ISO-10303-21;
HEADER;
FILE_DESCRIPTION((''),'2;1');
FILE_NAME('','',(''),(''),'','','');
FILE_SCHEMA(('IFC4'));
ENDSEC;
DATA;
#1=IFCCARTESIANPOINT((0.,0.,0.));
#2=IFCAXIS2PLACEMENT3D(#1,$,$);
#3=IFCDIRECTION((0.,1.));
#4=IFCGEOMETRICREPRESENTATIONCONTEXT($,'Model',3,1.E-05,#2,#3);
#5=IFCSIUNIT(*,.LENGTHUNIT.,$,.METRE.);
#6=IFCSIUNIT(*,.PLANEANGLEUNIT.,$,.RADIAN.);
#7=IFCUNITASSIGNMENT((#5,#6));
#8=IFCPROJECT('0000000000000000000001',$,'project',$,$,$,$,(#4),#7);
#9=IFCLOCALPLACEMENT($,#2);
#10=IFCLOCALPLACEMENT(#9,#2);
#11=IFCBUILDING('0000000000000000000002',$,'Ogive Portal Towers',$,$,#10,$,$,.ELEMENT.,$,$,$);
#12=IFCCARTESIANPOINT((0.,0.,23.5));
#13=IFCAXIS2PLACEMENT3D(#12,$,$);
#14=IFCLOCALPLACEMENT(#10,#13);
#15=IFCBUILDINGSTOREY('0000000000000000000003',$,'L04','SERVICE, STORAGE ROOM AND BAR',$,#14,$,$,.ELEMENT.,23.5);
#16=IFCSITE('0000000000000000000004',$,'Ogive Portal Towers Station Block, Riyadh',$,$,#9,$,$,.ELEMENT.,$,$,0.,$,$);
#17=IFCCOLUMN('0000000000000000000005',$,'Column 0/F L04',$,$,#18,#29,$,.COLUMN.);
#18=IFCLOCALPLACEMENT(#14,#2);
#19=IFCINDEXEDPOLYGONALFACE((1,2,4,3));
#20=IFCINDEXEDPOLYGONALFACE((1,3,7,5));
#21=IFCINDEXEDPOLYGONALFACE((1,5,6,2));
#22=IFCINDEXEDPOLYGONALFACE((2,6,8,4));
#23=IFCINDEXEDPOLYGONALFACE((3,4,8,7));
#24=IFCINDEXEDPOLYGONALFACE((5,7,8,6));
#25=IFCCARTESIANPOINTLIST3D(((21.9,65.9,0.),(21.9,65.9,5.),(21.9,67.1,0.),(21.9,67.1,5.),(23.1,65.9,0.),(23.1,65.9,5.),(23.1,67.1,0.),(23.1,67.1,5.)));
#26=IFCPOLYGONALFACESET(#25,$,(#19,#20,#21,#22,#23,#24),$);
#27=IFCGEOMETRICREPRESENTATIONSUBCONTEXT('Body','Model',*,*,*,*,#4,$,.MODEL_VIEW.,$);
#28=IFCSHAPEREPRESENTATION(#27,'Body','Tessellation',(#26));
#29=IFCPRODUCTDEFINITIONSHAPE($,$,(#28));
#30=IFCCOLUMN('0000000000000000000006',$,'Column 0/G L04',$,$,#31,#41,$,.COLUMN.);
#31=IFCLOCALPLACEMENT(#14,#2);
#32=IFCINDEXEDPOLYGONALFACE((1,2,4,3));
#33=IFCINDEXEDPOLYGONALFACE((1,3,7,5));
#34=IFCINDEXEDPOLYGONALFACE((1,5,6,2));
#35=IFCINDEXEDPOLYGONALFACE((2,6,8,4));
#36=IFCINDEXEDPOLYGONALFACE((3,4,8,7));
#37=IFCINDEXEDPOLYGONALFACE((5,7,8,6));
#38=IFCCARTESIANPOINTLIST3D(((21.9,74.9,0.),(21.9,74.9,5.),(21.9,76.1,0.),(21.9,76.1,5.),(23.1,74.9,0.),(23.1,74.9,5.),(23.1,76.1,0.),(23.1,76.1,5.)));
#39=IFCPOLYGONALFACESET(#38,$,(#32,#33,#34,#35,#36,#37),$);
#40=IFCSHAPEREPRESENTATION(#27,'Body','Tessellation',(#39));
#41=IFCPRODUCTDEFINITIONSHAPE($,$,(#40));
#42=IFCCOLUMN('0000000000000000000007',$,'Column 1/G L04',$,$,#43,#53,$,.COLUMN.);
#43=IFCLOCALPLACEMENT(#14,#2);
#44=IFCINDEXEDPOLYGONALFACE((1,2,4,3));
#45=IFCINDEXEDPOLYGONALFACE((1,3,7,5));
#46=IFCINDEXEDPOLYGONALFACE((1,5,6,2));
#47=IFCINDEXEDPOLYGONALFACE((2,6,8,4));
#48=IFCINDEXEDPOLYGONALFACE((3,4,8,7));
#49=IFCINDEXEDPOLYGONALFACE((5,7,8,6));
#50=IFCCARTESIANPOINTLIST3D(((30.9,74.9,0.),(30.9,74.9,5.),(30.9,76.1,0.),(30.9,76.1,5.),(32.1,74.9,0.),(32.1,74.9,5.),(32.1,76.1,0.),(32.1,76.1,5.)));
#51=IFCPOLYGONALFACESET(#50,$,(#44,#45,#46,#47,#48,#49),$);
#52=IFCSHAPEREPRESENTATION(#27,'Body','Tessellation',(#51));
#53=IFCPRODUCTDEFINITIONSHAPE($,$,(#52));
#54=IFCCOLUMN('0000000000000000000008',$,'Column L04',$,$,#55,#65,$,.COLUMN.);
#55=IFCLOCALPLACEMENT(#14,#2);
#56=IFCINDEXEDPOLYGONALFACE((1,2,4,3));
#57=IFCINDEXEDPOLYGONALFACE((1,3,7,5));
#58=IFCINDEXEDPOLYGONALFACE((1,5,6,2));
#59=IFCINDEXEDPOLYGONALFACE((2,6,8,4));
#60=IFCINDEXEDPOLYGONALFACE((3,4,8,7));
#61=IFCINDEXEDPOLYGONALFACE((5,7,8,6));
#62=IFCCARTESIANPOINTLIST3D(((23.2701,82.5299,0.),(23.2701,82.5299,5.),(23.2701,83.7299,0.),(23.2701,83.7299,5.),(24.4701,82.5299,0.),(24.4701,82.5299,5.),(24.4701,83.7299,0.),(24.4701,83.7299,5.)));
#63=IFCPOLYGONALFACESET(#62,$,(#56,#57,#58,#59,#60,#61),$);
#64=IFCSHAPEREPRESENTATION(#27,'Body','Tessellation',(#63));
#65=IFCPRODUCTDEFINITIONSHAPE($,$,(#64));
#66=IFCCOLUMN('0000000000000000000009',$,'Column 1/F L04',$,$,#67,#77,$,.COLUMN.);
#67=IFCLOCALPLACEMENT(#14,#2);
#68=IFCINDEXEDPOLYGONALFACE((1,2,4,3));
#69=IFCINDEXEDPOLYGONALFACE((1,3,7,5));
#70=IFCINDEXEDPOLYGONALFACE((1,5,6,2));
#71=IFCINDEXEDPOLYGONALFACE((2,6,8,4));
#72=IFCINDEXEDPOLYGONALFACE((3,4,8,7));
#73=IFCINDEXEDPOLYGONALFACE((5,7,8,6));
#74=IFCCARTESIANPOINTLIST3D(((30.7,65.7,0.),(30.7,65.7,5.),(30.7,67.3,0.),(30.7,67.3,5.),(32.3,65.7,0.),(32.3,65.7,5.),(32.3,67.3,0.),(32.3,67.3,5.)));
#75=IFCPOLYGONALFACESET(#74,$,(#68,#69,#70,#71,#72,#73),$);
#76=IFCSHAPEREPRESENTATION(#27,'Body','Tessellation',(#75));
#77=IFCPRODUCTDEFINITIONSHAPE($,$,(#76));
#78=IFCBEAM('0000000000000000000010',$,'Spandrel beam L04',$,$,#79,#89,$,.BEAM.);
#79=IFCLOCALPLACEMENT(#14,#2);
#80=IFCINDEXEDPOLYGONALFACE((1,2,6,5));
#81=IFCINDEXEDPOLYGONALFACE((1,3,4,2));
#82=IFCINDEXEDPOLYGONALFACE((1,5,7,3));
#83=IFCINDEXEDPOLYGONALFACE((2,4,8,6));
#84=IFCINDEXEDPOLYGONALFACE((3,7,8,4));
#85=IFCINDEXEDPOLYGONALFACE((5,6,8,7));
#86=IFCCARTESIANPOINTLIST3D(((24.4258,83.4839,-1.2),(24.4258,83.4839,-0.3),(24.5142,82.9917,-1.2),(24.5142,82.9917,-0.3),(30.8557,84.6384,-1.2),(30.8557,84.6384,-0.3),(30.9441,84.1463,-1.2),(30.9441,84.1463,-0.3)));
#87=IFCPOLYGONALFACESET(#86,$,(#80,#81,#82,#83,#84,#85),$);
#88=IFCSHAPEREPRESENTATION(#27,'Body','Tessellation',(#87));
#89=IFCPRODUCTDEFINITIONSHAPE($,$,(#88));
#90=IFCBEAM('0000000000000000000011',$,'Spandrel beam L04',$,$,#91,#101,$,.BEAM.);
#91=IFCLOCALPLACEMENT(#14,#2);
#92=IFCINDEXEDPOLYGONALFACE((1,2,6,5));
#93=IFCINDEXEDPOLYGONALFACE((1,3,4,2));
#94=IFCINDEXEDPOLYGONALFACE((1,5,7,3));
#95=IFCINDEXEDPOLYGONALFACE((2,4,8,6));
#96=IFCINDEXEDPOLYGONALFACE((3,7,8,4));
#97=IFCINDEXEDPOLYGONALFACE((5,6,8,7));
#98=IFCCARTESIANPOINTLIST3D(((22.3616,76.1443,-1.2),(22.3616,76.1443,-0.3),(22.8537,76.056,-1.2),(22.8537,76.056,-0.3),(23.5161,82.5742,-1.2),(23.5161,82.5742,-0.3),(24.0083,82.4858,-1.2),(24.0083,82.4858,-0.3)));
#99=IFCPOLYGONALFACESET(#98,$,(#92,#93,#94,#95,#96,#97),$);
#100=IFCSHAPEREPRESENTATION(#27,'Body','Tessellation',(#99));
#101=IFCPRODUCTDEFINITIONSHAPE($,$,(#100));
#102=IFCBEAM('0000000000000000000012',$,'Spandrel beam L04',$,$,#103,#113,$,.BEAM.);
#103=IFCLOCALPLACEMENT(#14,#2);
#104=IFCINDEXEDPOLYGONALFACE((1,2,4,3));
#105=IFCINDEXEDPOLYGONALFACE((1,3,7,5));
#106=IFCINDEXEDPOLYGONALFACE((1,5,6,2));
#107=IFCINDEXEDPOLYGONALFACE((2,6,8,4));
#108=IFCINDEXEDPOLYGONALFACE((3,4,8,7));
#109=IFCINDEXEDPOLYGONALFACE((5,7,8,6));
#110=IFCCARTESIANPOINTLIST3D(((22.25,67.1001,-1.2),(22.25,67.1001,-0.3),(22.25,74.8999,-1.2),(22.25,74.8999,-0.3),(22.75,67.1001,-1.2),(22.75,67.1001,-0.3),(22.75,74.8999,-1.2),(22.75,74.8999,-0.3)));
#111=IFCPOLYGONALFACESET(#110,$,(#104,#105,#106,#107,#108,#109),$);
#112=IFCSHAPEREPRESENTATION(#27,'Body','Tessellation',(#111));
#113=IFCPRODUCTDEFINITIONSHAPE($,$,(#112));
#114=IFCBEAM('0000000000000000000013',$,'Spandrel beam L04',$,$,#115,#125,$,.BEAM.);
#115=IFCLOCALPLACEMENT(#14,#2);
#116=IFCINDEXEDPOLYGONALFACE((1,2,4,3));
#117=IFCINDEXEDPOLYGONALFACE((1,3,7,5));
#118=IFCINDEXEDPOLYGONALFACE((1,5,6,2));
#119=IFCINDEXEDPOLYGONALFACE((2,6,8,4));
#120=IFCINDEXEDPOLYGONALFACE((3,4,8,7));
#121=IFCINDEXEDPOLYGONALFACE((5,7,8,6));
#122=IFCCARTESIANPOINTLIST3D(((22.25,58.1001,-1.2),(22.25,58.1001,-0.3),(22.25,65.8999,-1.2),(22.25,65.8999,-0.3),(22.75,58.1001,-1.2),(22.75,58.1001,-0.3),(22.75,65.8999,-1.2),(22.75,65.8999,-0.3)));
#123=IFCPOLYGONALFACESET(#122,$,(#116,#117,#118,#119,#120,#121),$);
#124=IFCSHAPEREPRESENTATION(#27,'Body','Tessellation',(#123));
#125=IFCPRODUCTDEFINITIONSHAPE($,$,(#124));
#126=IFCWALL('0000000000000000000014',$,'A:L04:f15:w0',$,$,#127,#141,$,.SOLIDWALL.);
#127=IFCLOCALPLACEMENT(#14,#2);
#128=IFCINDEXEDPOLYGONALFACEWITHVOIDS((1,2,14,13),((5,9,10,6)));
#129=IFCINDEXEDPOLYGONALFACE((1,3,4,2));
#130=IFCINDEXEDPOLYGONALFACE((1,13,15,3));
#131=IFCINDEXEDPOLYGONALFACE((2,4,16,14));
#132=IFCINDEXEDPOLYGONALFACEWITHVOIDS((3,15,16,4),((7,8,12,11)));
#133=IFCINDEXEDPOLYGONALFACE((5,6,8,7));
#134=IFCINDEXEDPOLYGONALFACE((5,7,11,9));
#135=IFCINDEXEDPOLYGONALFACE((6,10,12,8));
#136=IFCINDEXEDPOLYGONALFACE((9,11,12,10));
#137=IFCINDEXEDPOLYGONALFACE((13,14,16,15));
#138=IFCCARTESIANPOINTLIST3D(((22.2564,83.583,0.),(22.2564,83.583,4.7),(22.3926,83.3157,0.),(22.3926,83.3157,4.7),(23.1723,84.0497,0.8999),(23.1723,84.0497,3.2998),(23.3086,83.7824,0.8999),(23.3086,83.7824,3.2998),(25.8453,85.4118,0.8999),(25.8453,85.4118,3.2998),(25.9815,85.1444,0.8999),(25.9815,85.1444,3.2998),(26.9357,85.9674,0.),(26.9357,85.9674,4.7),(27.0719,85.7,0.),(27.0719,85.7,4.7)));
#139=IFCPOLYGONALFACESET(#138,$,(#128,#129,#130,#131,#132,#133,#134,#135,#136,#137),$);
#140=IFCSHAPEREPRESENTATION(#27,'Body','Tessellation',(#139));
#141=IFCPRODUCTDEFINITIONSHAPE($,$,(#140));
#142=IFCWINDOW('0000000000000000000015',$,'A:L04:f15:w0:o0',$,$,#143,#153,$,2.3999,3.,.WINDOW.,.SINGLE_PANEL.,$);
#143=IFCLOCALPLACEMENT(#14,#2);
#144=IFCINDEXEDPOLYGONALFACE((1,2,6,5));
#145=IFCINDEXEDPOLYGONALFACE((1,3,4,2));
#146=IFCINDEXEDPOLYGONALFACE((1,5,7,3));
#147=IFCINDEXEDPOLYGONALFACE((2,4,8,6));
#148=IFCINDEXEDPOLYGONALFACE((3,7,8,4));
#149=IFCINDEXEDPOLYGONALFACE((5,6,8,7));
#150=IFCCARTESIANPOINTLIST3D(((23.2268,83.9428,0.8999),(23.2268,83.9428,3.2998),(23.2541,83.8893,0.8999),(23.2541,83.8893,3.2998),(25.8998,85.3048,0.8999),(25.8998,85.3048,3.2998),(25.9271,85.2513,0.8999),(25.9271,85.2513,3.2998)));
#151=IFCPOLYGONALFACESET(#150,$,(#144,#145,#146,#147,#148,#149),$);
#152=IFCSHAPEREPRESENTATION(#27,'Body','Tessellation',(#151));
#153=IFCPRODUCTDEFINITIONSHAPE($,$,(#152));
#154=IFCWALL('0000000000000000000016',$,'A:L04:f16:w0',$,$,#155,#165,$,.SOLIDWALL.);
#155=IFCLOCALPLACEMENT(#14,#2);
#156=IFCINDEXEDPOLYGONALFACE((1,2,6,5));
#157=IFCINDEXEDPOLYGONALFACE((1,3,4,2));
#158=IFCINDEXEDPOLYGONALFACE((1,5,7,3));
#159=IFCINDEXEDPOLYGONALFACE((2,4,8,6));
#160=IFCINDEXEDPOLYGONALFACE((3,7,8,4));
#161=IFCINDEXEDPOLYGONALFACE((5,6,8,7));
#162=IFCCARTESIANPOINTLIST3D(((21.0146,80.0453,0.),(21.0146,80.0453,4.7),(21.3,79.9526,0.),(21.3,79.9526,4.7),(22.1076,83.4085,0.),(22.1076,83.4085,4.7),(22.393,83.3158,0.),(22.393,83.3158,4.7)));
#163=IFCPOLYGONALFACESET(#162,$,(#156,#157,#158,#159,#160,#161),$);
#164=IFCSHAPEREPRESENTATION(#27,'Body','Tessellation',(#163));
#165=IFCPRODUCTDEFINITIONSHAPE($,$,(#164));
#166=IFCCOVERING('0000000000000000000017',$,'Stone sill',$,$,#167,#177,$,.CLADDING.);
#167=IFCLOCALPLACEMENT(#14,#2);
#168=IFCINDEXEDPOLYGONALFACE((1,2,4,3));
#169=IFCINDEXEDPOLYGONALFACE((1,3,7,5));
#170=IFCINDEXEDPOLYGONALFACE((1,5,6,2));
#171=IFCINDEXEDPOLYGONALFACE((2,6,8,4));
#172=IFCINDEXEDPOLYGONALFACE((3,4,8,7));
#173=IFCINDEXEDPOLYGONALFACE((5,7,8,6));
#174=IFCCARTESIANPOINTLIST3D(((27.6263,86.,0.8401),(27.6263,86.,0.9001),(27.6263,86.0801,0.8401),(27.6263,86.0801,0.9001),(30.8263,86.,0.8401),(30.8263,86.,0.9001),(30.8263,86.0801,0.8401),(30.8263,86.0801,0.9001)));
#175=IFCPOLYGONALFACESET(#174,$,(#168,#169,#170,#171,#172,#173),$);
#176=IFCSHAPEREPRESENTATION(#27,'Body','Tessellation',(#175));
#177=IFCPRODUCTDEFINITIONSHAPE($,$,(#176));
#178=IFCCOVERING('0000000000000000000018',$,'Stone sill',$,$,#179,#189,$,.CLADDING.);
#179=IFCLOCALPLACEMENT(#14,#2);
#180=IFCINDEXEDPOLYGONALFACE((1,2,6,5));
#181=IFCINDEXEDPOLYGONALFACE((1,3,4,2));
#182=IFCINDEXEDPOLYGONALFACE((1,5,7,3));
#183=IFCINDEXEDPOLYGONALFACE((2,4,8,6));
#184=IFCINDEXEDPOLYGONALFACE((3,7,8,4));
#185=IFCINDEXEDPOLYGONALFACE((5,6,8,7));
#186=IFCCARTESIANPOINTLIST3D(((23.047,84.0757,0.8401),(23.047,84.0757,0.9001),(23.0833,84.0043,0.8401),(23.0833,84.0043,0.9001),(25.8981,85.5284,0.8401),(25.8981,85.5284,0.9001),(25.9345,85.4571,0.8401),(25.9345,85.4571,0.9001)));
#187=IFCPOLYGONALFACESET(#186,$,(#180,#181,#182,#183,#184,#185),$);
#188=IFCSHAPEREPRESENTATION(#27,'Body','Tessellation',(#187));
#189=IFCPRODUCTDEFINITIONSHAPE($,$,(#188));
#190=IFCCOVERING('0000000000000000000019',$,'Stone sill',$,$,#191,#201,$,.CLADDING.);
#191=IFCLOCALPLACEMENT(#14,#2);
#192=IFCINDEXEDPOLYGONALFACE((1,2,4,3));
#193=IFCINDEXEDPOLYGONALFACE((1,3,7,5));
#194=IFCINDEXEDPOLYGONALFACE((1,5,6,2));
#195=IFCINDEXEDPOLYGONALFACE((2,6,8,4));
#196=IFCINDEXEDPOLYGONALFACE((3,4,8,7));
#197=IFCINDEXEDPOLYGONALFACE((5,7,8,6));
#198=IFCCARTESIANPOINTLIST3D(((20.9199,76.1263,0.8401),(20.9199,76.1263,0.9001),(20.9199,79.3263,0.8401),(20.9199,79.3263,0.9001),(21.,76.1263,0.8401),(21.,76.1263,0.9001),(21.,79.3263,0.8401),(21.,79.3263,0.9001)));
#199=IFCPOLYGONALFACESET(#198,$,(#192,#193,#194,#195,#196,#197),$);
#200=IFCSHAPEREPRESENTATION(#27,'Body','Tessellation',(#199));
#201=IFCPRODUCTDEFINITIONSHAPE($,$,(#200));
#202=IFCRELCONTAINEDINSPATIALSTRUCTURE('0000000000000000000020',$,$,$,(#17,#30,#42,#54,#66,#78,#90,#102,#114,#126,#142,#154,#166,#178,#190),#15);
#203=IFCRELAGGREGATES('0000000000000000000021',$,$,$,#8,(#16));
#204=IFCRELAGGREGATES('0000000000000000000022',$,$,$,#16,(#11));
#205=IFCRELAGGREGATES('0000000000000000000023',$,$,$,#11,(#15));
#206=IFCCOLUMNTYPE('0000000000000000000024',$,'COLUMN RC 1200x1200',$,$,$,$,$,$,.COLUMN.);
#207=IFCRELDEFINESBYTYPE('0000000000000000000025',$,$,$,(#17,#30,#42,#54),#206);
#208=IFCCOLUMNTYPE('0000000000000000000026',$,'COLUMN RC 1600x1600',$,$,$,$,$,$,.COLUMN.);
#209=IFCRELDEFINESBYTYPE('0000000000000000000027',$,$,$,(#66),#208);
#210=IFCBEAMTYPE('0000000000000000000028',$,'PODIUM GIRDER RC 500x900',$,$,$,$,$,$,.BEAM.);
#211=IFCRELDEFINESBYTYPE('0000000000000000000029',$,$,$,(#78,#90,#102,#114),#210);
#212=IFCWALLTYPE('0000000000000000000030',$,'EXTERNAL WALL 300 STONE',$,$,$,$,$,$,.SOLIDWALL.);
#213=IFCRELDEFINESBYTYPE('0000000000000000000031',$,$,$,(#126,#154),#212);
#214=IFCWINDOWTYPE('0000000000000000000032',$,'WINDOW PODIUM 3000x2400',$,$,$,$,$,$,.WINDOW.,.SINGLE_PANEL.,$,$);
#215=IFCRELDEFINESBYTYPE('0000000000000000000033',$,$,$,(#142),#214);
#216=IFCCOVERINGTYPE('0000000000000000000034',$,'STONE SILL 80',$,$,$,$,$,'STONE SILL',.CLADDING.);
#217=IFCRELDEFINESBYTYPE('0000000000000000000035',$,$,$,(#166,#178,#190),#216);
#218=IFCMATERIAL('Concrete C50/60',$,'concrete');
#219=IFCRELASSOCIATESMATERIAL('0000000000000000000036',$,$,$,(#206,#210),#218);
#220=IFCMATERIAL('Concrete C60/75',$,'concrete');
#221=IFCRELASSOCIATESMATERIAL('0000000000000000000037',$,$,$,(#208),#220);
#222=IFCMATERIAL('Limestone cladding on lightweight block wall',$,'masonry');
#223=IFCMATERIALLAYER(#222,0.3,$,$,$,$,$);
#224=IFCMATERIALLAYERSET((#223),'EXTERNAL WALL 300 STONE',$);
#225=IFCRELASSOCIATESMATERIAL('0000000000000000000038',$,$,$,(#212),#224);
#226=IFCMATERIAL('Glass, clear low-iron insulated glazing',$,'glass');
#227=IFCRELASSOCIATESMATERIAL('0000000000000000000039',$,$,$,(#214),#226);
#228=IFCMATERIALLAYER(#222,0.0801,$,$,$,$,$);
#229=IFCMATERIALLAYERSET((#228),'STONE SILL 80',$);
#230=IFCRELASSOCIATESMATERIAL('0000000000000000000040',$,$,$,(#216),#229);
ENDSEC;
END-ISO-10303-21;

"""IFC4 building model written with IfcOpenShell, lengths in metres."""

from ifc_helpers import new_model, si_unit, direction, frame, frame_2d, origin, origin_2d, place, context, subcontext, project, spatial, rectangle, extrude, material, layer, layer_set, material_profile, profile_set, type_object, element, fill, save


model = new_model("IFC4")

# Units and contexts
model_context = context("Model", 3, precision=1e-05, world=origin(), true_north=direction((0.0, 1.0)))
body_context = subcontext(model_context, "Body", "Model", "MODEL_VIEW")
ifc_project = project(units=[si_unit("LENGTHUNIT", "METRE"), si_unit("PLANEANGLEUNIT", "RADIAN")], contexts=[model_context])

# Site, building, storey
site_placement = place(None, origin())
site = spatial("IfcSite", under=ifc_project, at=site_placement, Name="Ogive Portal Towers Station Block, Riyadh", CompositionType="ELEMENT", RefElevation=0.0)
building_placement = place(site_placement, origin())
building = spatial("IfcBuilding", under=site, at=building_placement, Name="Ogive Portal Towers", CompositionType="ELEMENT")
storey_placement = place(building_placement, frame((0.0, 0.0, 23.5)))
storey = spatial("IfcBuildingStorey", under=building, at=storey_placement, Name="L04", Description="SERVICE, STORAGE ROOM AND BAR", CompositionType="ELEMENT", Elevation=23.5)

# Columns
ifc_material_1 = material(Name="Concrete C50/60", Category="concrete")
ifc_material_profile_1 = material_profile(ifc_material_1, rectangle(XDim=1.2, YDim=1.2, at=origin_2d()), Name="RC 1200x1200")
ifc_profile_set_1 = profile_set([ifc_material_profile_1], Name="Concrete C50/60")
column_type_1 = type_object("IfcColumnType", Name="COLUMN RC 1200x1200", PredefinedType="COLUMN", material=ifc_profile_set_1)
for number, where, z_axis, x_axis, name in (
    (1, (22.5, 66.5, 0.0), (0.0, 0.0, 1.0), (1.0, 0.0, 0.0), "Column 0/F L04"),
    (2, (22.5, 75.5, 0.0), (0.0, 0.0, 1.0), (1.0, 0.0, 0.0), "Column 0/G L04"),
    (3, (31.5, 75.5, 0.0), (0.0, 0.0, 1.0), (1.0, 0.0, 0.0), "Column 1/G L04"),
    (4, (23.8701, 83.1299, 0.0), (0.0, 0.0, 1.0), (1.0, 0.0, 0.0), "Column L04"),
):
    element("IfcColumn", number, at=place(storey_placement, frame(where, z_axis=z_axis, x_axis=x_axis)), inside=storey, type_object=column_type_1, Name=name, PredefinedType="COLUMN", context=body_context, shape_type="SweptSolid", body=[
        extrude(rectangle(XDim=1.2, YDim=1.2, at=origin_2d()), origin(), (0.0, 0.0, 1.0), 5.0),
    ])
ifc_material_2 = material(Name="Concrete C60/75", Category="concrete")
ifc_material_profile_2 = material_profile(ifc_material_2, rectangle(XDim=1.6001, YDim=1.6001, at=origin_2d()), Name="RC 1600x1600")
ifc_profile_set_2 = profile_set([ifc_material_profile_2], Name="Concrete C60/75")
column_type_2 = type_object("IfcColumnType", Name="COLUMN RC 1600x1600", PredefinedType="COLUMN", material=ifc_profile_set_2)
column_placement = place(storey_placement, frame((31.5, 66.5, 0.0), z_axis=(0.0, 0.0, 1.0), x_axis=(1.0, 0.0, 0.0)))
element("IfcColumn", 5, at=column_placement, inside=storey, type_object=column_type_2, Name="Column 1/F L04", PredefinedType="COLUMN", context=body_context, shape_type="SweptSolid", body=[
    extrude(rectangle(XDim=1.6001, YDim=1.6001, at=origin_2d()), origin(), (0.0, 0.0, 1.0), 5.0),
])

# Beams
ifc_material_profile_3 = material_profile(ifc_material_1, rectangle(XDim=0.5, YDim=0.8999, at=origin_2d()), Name="RC 500x900")
ifc_profile_set_3 = profile_set([ifc_material_profile_3], Name="Concrete C50/60")
beam_type = type_object("IfcBeamType", Name="PODIUM GIRDER RC 500x900", PredefinedType="BEAM", material=ifc_profile_set_3)
for number, where, z_axis, x_axis, name in (
    (6, (30.8999, 84.3923, -0.75), (-0.984259, -0.176731, 0.0), (0.176731, -0.984259, 0.0), "Spandrel beam L04"),
    (7, (23.7622, 82.53, -0.75), (-0.176731, -0.984259, 0.0), (0.984259, -0.176731, 0.0), "Spandrel beam L04"),
):
    element("IfcBeam", number, at=place(storey_placement, frame(where, z_axis=z_axis, x_axis=x_axis)), inside=storey, type_object=beam_type, Name=name, PredefinedType="BEAM", context=body_context, shape_type="SweptSolid", body=[
        extrude(rectangle(XDim=0.5, YDim=0.8999, at=origin_2d()), origin(), (0.0, 0.0, 1.0), 6.5327),
    ])
for number, where, z_axis, x_axis, name in (
    (8, (22.5, 74.8999, -0.75), (0.0, -1.0, 0.0), (1.0, 0.0, 0.0), "Spandrel beam L04"),
    (9, (22.5, 65.8999, -0.75), (0.0, -1.0, 0.0), (1.0, 0.0, 0.0), "Spandrel beam L04"),
):
    element("IfcBeam", number, at=place(storey_placement, frame(where, z_axis=z_axis, x_axis=x_axis)), inside=storey, type_object=beam_type, Name=name, PredefinedType="BEAM", context=body_context, shape_type="SweptSolid", body=[
        extrude(rectangle(XDim=0.5, YDim=0.8999, at=origin_2d()), origin(), (0.0, 0.0, 1.0), 7.7998),
    ])

# Wall, opening, window
ifc_material_3 = material(Name="Limestone cladding on lightweight block wall", Category="masonry")
ifc_layer_1 = layer(ifc_material_3, 0.3)
ifc_layer_set_1 = layer_set([ifc_layer_1], Name="EXTERNAL WALL 300 STONE")
wall_type = type_object("IfcWallType", Name="EXTERNAL WALL 300 STONE", PredefinedType="SOLIDWALL", material=ifc_layer_set_1)
wall_1_placement = place(storey_placement, frame((27.0039, 85.8337, 0.0), z_axis=(0.0, 0.0, 1.0), x_axis=(-0.890998, -0.454007, 0.0)))
wall_1 = element("IfcWall", 10, at=wall_1_placement, inside=storey, type_object=wall_type, Name="A:L04:f15:w0", PredefinedType="SOLIDWALL", context=body_context, shape_type="SweptSolid", body=[
    extrude(rectangle(XDim=5.2517, YDim=0.3, at=frame_2d((2.626, 0.0))), origin(), (0.0, 0.0, 1.0), 4.7),
])
opening_1_placement = place(wall_1_placement, frame((1.2239, 0.0, 0.8999)))
opening_1 = element("IfcOpeningElement", 11, at=opening_1_placement, cuts=wall_1, PredefinedType="OPENING", context=body_context, shape_type="SweptSolid", body=[
    extrude(rectangle(XDim=3.0, YDim=2.3999, at=frame_2d((1.5, 1.2))), frame((0.0, 0.1602, 0.0), z_axis=(0.0, -1.0, 0.0), x_axis=(1.0, 0.0, 0.0)), (0.0, 0.0, 1.0), 0.3201),
])
ifc_material_4 = material(Name="Glass, clear low-iron insulated glazing", Category="glass")
window_type = type_object("IfcWindowType", Name="WINDOW PODIUM 3000x2400", PartitioningType="SINGLE_PANEL", PredefinedType="WINDOW", material=ifc_material_4)
window_1_placement = place(opening_1_placement, origin())
window_1 = element("IfcWindow", 12, at=window_1_placement, inside=storey, type_object=window_type, Name="A:L04:f15:w0:o0", OverallHeight=2.3999, OverallWidth=3.0, PartitioningType="SINGLE_PANEL", PredefinedType="WINDOW", context=body_context, shape_type="SweptSolid", body=[
    extrude(rectangle(XDim=3.0, YDim=2.3999, at=frame_2d((1.5, 1.2))), frame((0.0, 0.03, 0.0), z_axis=(0.0, -1.0, 0.0), x_axis=(1.0, 0.0, 0.0)), (0.0, 0.0, 1.0), 0.0601),
])
fill(opening_1, window_1)

# Wall
wall_2_placement = place(storey_placement, frame((22.2502, 83.3621, 0.0), z_axis=(0.0, 0.0, 1.0), x_axis=(-0.309074, -0.951038, 0.0)))
element("IfcWall", 13, at=wall_2_placement, inside=storey, type_object=wall_type, Name="A:L04:f16:w0", PredefinedType="SOLIDWALL", context=body_context, shape_type="SweptSolid", body=[
    extrude(rectangle(XDim=3.5364, YDim=0.3, at=frame_2d((1.7681, 0.0))), origin(), (0.0, 0.0, 1.0), 4.7),
])

# Coverings
ifc_layer_2 = layer(ifc_material_3, 0.0801)
ifc_layer_set_2 = layer_set([ifc_layer_2], Name="STONE SILL 80")
covering_type = type_object("IfcCoveringType", Name="STONE SILL 80", ElementType="STONE SILL", PredefinedType="CLADDING", material=ifc_layer_set_2)
for number, where, z_axis, x_axis, name in (
    (14, (29.2263, 86.04, 0.8401), (0.0, 0.0, 1.0), (-1.0, 0.0, 0.0), "Stone sill"),
    (15, (24.4907, 84.7664, 0.8401), (0.0, 0.0, 1.0), (-0.891007, -0.45399, 0.0), "Stone sill"),
    (16, (20.96, 77.7263, 0.8401), (0.0, 0.0, 1.0), (0.0, -1.0, 0.0), "Stone sill"),
):
    element("IfcCovering", number, at=place(storey_placement, frame(where, z_axis=z_axis, x_axis=x_axis)), inside=storey, type_object=covering_type, Name=name, PredefinedType="CLADDING", context=body_context, shape_type="SweptSolid", body=[
        extrude(rectangle(XDim=3.2, YDim=0.0801, at=origin_2d()), origin(), (0.0, 0.0, 1.0), 0.0601),
    ])

save(model, "model.ifc")
